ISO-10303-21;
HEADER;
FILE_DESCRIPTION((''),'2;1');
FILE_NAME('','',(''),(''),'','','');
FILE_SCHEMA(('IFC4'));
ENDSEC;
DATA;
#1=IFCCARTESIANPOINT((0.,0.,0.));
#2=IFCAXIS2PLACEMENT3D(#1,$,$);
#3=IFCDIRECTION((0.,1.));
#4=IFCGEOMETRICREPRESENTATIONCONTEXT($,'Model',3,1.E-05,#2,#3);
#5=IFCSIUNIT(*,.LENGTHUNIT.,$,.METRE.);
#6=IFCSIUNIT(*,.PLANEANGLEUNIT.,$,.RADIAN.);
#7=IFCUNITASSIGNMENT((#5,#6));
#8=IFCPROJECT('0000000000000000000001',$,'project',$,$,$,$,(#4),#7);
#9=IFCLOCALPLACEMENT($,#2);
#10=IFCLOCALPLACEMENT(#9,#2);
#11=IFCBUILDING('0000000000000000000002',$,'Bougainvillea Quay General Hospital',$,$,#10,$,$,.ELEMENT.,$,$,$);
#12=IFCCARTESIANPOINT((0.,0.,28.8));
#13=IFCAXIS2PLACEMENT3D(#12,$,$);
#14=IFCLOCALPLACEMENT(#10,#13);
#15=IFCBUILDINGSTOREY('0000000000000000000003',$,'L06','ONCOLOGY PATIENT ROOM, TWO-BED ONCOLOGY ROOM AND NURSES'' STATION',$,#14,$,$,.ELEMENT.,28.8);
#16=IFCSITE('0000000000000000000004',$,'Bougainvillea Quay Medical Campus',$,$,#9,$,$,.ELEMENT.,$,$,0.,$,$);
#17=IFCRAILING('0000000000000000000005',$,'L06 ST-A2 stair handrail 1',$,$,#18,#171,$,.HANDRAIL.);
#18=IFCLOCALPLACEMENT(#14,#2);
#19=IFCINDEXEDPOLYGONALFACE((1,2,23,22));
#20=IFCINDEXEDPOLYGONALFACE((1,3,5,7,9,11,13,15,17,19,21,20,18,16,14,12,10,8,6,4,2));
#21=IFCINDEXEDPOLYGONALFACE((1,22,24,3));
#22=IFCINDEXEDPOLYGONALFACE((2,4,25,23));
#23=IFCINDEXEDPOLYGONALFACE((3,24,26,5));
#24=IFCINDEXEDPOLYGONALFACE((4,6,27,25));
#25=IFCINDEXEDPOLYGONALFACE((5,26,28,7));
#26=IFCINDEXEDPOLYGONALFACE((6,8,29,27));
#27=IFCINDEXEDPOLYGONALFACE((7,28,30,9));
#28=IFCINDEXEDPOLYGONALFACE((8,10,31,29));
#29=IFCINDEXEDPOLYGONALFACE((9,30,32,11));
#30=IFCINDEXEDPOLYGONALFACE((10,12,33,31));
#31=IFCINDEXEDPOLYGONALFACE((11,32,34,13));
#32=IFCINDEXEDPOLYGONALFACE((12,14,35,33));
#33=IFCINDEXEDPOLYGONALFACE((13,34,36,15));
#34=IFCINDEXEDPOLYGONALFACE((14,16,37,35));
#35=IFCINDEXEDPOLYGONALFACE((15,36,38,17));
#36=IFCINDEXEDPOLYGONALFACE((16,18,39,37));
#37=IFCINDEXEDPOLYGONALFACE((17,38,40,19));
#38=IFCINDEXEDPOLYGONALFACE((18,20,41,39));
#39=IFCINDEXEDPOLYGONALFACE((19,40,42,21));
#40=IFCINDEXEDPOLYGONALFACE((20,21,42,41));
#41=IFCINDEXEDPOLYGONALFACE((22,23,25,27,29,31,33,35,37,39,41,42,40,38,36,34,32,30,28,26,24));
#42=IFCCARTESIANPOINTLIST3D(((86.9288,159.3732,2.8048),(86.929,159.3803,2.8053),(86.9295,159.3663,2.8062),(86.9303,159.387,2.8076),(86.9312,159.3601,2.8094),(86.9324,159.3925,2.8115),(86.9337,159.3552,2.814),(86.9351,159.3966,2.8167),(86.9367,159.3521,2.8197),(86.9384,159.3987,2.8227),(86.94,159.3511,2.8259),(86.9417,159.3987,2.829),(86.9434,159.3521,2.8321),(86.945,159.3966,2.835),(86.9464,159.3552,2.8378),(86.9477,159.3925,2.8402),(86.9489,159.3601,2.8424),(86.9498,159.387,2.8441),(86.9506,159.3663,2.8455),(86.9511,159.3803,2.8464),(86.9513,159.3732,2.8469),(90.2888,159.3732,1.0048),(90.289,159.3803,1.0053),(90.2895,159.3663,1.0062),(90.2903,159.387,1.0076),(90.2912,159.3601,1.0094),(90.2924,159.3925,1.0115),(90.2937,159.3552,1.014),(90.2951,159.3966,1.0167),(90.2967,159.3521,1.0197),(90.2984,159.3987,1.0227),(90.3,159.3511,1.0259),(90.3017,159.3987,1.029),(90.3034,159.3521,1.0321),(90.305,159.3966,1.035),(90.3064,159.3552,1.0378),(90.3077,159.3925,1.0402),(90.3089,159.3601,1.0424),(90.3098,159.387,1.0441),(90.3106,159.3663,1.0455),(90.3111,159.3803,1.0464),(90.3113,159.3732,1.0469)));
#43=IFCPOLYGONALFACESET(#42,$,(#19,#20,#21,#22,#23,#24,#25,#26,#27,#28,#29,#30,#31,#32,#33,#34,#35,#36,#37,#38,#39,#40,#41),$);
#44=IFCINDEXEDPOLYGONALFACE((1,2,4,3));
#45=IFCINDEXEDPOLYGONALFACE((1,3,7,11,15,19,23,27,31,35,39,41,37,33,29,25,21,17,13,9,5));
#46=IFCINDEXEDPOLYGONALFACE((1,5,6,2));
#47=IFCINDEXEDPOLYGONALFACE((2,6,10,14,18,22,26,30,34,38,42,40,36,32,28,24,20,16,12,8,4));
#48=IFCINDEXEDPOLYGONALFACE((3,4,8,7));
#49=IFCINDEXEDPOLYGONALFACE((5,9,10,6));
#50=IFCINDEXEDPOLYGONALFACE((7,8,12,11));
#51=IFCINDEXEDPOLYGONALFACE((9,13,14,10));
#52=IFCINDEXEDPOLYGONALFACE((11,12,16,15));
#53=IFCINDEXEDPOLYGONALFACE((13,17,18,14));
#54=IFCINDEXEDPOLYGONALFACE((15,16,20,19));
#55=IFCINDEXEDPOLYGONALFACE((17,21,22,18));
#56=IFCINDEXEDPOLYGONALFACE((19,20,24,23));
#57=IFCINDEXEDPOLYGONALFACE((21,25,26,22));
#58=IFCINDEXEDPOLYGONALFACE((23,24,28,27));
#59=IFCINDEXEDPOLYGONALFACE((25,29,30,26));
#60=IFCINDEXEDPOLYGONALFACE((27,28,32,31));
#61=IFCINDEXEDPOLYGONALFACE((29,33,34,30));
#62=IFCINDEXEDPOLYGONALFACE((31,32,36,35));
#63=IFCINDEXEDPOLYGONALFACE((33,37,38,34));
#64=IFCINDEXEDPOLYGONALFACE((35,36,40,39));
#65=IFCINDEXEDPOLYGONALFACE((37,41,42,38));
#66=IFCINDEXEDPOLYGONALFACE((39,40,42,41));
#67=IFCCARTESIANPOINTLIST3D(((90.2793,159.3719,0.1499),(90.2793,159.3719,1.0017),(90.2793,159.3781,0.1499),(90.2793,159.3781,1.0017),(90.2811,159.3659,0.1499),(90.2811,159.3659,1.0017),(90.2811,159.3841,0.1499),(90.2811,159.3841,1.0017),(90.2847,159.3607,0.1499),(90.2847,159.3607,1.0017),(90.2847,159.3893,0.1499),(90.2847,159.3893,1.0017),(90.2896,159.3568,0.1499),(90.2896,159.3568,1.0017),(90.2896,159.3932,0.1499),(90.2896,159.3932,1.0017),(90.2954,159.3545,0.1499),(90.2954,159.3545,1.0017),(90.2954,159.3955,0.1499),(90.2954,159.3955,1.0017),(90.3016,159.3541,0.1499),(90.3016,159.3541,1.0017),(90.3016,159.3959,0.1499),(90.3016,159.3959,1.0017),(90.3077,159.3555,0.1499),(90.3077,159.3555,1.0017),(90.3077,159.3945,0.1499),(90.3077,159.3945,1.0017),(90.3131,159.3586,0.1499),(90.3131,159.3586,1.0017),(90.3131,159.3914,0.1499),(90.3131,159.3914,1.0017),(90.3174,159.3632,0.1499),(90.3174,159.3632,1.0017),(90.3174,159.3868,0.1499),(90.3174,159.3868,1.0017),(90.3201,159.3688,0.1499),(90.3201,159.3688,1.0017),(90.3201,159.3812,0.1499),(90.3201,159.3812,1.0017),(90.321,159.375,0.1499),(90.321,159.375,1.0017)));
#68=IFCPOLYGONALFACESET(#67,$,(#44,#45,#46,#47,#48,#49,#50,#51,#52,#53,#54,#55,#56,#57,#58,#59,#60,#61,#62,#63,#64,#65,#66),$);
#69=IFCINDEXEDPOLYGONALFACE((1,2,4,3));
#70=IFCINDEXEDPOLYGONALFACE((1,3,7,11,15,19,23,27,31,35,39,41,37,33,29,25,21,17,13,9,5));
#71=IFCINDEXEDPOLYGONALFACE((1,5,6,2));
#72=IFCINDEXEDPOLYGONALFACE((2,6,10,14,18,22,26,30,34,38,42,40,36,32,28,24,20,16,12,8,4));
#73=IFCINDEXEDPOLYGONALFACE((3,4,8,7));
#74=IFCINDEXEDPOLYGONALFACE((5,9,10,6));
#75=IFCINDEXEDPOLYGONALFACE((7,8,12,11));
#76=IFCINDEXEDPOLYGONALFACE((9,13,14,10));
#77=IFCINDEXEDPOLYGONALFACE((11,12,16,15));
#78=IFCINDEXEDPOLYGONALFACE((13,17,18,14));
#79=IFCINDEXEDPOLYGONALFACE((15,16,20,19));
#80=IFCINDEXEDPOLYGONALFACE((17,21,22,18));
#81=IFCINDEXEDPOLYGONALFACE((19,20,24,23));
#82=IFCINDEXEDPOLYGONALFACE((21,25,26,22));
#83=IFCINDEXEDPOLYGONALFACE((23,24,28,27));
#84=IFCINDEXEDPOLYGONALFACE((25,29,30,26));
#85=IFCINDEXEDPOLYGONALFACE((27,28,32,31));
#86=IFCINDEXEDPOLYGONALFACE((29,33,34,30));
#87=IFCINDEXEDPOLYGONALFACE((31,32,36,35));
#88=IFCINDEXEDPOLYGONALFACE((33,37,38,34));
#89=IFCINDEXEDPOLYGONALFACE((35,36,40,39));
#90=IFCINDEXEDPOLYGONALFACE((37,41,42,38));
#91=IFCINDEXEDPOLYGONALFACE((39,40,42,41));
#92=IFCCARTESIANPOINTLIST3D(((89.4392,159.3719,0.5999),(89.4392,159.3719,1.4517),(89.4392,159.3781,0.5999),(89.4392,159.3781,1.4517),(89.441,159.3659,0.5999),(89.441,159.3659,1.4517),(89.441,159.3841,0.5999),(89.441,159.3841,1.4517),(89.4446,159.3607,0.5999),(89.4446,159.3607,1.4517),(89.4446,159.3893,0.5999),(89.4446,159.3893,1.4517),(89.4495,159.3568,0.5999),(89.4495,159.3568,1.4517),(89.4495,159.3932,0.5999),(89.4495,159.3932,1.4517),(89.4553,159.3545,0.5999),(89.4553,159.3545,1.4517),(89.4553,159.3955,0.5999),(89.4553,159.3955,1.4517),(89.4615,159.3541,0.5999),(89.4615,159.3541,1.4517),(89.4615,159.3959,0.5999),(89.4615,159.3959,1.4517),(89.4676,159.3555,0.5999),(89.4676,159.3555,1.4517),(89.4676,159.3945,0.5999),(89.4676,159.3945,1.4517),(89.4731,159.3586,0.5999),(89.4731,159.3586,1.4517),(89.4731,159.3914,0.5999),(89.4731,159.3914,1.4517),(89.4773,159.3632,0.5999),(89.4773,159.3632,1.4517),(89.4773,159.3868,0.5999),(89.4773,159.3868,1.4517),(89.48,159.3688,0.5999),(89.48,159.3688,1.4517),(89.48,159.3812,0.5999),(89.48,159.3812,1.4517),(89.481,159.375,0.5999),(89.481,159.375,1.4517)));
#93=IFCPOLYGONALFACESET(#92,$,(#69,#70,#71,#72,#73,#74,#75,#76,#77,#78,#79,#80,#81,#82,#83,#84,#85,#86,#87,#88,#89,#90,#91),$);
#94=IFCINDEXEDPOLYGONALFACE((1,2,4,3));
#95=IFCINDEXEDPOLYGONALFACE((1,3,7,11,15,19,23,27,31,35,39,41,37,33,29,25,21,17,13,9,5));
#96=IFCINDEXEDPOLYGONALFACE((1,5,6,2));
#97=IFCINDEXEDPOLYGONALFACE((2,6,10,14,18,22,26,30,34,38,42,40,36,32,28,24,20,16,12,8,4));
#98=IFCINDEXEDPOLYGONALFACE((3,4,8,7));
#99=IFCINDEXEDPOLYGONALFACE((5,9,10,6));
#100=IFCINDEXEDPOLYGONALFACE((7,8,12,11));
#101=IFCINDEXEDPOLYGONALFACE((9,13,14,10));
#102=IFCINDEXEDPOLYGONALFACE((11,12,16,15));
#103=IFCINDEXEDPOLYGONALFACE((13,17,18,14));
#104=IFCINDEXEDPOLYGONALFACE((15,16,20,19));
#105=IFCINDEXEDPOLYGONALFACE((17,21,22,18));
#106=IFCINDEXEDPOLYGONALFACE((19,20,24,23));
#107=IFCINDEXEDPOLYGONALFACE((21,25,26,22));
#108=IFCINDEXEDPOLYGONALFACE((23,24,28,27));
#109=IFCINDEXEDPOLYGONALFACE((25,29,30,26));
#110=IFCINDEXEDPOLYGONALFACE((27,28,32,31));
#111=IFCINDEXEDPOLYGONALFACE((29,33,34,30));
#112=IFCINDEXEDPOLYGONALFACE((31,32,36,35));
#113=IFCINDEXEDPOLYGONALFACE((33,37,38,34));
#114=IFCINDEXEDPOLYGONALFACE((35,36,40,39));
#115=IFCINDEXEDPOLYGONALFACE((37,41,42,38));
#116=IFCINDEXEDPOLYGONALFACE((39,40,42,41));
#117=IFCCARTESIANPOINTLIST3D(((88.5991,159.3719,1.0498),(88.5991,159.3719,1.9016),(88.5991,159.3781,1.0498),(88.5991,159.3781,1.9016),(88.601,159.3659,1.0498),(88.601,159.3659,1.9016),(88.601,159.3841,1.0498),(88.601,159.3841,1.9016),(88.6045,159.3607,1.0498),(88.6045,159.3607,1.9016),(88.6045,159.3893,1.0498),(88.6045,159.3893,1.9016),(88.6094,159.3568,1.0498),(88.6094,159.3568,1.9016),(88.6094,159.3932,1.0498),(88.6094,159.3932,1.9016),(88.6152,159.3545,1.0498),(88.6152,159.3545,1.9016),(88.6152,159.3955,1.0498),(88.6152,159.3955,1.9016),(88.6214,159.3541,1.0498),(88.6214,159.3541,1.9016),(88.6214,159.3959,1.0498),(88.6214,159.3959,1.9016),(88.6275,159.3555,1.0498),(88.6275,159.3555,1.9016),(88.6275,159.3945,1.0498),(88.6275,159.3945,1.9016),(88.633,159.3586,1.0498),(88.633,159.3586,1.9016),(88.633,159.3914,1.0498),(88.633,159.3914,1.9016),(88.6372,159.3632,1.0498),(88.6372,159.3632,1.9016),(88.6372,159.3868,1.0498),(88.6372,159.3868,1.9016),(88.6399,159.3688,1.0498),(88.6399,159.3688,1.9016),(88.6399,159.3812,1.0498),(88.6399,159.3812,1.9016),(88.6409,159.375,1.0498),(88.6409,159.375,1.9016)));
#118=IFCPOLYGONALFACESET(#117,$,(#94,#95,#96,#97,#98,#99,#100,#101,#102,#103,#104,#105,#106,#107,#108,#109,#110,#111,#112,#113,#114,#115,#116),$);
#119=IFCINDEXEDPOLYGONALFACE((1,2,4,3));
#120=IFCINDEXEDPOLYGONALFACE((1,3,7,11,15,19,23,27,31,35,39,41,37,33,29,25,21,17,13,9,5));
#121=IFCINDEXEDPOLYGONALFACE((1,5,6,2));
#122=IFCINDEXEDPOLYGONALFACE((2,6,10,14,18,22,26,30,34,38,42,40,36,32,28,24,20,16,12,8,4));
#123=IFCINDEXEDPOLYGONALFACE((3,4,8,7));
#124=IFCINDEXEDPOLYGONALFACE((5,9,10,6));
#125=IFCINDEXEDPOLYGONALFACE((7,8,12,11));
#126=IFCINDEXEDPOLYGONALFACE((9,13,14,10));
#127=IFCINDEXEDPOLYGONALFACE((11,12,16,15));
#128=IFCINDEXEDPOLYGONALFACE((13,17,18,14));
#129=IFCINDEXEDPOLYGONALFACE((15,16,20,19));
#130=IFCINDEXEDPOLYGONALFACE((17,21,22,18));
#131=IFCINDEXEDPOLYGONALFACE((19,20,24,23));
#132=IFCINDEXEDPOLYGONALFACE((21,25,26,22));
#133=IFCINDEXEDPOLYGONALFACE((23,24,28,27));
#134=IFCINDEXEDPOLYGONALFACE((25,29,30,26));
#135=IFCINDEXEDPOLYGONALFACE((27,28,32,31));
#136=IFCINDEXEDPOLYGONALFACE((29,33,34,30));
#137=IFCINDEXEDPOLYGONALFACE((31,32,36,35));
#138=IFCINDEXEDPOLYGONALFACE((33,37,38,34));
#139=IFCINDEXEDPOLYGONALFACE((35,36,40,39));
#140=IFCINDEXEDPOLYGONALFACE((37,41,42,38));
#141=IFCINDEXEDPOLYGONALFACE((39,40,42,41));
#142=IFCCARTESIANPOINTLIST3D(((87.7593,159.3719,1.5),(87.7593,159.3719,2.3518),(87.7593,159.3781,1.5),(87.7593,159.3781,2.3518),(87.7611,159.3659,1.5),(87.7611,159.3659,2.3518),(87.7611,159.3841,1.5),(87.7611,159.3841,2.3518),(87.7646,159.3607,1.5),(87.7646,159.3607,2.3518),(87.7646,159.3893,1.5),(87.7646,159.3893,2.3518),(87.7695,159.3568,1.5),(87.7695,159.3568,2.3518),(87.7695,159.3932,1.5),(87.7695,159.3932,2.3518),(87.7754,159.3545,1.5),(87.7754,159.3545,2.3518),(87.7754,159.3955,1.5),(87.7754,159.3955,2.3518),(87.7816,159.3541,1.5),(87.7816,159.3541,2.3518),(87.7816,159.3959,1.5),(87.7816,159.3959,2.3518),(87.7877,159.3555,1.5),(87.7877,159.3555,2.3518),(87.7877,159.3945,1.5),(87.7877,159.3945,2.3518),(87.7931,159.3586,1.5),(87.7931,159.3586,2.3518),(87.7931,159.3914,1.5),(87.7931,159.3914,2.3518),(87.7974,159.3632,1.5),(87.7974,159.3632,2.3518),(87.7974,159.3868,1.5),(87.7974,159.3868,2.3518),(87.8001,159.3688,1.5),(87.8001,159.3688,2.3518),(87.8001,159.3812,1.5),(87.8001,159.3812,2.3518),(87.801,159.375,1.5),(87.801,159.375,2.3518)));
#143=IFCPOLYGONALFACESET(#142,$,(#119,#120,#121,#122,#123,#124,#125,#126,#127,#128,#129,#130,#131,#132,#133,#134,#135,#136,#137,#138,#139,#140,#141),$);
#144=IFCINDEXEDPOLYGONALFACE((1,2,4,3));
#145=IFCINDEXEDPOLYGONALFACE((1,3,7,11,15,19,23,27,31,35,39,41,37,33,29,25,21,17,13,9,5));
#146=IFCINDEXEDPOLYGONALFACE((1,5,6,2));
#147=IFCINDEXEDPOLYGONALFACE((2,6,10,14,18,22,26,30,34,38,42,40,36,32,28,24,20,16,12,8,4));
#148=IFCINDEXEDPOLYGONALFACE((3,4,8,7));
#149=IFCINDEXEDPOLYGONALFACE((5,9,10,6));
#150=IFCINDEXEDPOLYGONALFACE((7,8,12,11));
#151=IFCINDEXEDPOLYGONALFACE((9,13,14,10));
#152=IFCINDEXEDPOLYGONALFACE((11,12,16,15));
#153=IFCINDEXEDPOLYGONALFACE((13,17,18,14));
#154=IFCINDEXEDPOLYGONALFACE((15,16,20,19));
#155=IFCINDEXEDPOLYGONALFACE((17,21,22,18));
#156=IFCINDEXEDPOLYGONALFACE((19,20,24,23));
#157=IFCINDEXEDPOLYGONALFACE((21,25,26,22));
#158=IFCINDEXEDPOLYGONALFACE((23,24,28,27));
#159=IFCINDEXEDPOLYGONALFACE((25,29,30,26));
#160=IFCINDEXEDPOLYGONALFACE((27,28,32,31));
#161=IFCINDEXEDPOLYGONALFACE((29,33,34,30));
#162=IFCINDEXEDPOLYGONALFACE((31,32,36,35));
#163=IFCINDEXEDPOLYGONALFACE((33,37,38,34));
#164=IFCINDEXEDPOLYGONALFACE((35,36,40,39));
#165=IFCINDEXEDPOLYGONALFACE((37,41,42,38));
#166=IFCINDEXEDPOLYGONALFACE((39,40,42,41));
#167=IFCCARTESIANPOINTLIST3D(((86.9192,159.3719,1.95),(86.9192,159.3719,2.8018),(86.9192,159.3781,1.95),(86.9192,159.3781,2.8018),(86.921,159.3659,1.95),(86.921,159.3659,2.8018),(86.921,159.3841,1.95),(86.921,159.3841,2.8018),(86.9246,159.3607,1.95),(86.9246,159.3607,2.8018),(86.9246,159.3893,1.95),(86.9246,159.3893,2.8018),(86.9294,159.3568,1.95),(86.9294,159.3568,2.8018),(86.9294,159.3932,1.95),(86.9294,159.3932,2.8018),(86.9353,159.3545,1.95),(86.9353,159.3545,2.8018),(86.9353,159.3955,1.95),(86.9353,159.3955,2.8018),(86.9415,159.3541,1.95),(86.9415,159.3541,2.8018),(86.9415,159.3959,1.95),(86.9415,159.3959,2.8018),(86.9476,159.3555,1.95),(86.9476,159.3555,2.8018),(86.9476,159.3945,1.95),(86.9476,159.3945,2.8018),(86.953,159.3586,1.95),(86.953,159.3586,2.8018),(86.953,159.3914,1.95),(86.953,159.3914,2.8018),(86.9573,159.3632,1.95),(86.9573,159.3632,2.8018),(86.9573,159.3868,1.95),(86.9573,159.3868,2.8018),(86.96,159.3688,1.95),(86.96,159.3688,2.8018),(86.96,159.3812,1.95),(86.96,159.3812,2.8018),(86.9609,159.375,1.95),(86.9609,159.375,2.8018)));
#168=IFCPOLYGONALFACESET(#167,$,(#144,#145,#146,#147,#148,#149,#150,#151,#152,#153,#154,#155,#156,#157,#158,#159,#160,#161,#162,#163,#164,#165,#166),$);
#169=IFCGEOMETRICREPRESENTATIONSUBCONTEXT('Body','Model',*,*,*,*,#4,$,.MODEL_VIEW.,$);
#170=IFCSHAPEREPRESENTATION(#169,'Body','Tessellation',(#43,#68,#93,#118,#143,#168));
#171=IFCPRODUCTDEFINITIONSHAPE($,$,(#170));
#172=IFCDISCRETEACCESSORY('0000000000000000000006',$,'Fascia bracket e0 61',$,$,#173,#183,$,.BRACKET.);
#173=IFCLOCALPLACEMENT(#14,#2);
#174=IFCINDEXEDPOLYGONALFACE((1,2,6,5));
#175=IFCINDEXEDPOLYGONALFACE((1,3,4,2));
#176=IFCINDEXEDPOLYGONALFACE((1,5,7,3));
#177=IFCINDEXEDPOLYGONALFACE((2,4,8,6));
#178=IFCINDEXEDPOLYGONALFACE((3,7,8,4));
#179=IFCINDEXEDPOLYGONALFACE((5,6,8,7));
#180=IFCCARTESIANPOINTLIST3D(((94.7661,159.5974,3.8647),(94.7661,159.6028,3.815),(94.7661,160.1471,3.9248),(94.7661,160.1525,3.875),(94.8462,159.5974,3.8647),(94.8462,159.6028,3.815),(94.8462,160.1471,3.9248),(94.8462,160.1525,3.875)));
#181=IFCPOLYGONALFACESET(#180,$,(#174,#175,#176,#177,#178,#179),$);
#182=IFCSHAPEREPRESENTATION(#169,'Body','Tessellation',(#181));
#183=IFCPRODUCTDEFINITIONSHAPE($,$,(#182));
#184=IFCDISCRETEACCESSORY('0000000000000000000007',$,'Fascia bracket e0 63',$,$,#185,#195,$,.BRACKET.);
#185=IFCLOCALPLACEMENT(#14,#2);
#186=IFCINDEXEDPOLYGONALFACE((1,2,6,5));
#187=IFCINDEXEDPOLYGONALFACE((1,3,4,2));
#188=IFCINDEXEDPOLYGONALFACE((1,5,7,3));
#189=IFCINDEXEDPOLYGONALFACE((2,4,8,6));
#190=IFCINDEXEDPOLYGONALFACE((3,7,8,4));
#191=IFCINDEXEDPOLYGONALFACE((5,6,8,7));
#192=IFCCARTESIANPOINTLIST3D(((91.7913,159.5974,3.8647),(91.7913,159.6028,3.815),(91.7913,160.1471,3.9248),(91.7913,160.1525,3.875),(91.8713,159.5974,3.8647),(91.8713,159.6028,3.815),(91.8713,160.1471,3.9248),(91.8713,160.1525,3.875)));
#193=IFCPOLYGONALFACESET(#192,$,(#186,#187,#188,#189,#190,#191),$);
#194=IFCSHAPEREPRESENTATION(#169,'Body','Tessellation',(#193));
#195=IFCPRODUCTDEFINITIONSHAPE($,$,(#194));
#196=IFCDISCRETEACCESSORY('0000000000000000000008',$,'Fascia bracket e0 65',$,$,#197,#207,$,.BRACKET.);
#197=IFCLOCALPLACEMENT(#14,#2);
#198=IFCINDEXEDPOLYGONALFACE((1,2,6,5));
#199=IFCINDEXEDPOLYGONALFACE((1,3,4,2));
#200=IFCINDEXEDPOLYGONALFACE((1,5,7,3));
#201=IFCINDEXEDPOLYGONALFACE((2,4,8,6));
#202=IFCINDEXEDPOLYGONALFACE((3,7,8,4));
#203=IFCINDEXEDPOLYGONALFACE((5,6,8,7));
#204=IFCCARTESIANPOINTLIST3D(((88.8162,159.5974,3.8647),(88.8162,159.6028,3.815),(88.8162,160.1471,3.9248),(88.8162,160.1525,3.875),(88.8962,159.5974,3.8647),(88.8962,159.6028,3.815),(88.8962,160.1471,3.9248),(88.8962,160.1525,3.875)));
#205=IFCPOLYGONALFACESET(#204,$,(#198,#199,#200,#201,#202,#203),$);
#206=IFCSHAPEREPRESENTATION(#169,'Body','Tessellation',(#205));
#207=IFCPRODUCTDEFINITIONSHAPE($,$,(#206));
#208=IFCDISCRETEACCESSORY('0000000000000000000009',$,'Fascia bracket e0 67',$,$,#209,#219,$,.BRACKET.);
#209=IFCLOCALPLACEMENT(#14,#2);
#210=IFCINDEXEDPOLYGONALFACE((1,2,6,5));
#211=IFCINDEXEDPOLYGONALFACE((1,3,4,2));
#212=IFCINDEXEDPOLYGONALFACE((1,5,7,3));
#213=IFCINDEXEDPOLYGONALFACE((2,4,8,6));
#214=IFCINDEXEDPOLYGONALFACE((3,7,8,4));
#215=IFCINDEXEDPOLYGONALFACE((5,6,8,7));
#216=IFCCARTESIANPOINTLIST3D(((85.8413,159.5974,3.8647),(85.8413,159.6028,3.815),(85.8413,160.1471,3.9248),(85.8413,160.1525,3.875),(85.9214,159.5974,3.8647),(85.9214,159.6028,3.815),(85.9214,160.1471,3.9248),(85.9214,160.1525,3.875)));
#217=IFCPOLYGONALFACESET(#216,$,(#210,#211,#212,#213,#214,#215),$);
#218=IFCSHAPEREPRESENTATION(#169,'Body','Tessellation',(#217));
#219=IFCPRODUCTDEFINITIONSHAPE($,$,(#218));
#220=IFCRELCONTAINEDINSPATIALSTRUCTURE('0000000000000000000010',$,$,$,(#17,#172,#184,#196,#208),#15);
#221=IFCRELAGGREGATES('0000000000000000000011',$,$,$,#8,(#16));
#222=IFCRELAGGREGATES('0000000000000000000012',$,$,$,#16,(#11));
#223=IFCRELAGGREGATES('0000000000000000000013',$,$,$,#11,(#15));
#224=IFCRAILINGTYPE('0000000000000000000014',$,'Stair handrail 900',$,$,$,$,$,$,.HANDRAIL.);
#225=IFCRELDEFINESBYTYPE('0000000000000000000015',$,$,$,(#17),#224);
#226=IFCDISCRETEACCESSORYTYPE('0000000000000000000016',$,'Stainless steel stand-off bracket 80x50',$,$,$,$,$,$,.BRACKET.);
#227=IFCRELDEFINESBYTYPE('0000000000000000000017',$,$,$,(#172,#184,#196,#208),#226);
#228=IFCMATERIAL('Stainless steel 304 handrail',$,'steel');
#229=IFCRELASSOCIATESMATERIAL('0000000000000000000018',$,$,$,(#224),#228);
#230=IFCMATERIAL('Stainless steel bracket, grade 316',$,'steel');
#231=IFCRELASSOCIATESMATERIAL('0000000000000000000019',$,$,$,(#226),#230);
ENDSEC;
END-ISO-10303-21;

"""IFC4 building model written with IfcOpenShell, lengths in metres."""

from ifc_helpers import new_model, si_unit, direction, frame, origin, origin_2d, place, context, subcontext, project, spatial, rectangle, circle, extrude, material, material_profile, profile_set, type_object, element, save


model = new_model("IFC4")

# Units and contexts
model_context = context("Model", 3, precision=1e-05, world=origin(), true_north=direction((0.0, 1.0)))
body_context = subcontext(model_context, "Body", "Model", "MODEL_VIEW")
ifc_project = project(units=[si_unit("LENGTHUNIT", "METRE"), si_unit("PLANEANGLEUNIT", "RADIAN")], contexts=[model_context])

# Site, building, storey
site_placement = place(None, origin())
site = spatial("IfcSite", under=ifc_project, at=site_placement, Name="Bougainvillea Quay Medical Campus", CompositionType="ELEMENT", RefElevation=0.0)
building_placement = place(site_placement, origin())
building = spatial("IfcBuilding", under=site, at=building_placement, Name="Bougainvillea Quay General Hospital", CompositionType="ELEMENT")
storey_placement = place(building_placement, frame((0.0, 0.0, 28.8)))
storey = spatial("IfcBuildingStorey", under=building, at=storey_placement, Name="L06", Description="ONCOLOGY PATIENT ROOM, TWO-BED ONCOLOGY ROOM AND NURSES' STATION", CompositionType="ELEMENT", Elevation=28.8)

# Railing
ifc_material_1 = material(Name="Stainless steel 304 handrail", Category="steel")
railing_type_1 = type_object("IfcRailingType", Name="Stair handrail 900", PredefinedType="HANDRAIL", material=ifc_material_1)
railing_1_placement = place(storey_placement, frame((90.3, 159.375, 0.1499)))
element("IfcRailing", 1, at=railing_1_placement, inside=storey, type_object=railing_type_1, Name="L06 ST-A2 stair handrail 1", PredefinedType="HANDRAIL", context=body_context, shape_type="SweptSolid", body=[
    extrude(circle(Radius=0.0239, at=origin_2d()), frame((0.0, 0.0, 0.876), z_axis=(-0.881481, 0.0, 0.47222), x_axis=(0.0, -1.0, 0.0)), (0.0, 0.0, 1.0), 3.8118),
    extrude(circle(Radius=0.021, at=origin_2d()), origin(), (0.0, 0.0, 1.0), 0.8518),
    extrude(circle(Radius=0.021, at=origin_2d()), frame((-0.8401, 0.0, 0.45)), (0.0, 0.0, 1.0), 0.8518),
    extrude(circle(Radius=0.021, at=origin_2d()), frame((-1.6802, 0.0, 0.8999)), (0.0, 0.0, 1.0), 0.8518),
    extrude(circle(Radius=0.021, at=origin_2d()), frame((-2.52, 0.0, 1.3501)), (0.0, 0.0, 1.0), 0.8518),
    extrude(circle(Radius=0.021, at=origin_2d()), frame((-3.3601, 0.0, 1.8)), (0.0, 0.0, 1.0), 0.8518),
])

# Discrete accessories
ifc_material_2 = material(Name="Stainless steel bracket, grade 316", Category="steel")
ifc_material_profile_1 = material_profile(ifc_material_2, rectangle(XDim=0.0801, YDim=0.05, at=origin_2d()))
ifc_profile_set_1 = profile_set([ifc_material_profile_1], Name="Stainless steel bracket, grade 316")
discrete_accessory_type = type_object("IfcDiscreteAccessoryType", Name="Stainless steel stand-off bracket 80x50", PredefinedType="BRACKET", material=ifc_profile_set_1)
for number, where, z_axis, x_axis, name in (
    (2, (94.8062, 159.6001, 3.8398), (0.0, 0.994087, 0.10859), (-1.0, 0.0, 0.0), "Fascia bracket e0 61"),
    (3, (91.8313, 159.6001, 3.8398), (0.0, 0.994087, 0.10859), (-1.0, 0.0, 0.0), "Fascia bracket e0 63"),
    (4, (88.8562, 159.6001, 3.8398), (0.0, 0.994087, 0.10859), (-1.0, 0.0, 0.0), "Fascia bracket e0 65"),
    (5, (85.8813, 159.6001, 3.8398), (0.0, 0.994087, 0.10859), (-1.0, 0.0, 0.0), "Fascia bracket e0 67"),
):
    element("IfcDiscreteAccessory", number, at=place(storey_placement, frame(where, z_axis=z_axis, x_axis=x_axis)), inside=storey, type_object=discrete_accessory_type, Name=name, PredefinedType="BRACKET", context=body_context, shape_type="SweptSolid", body=[
        extrude(rectangle(XDim=0.0801, YDim=0.05, at=origin_2d()), origin(), (0.0, 0.0, 1.0), 0.553),
    ])

save(model, "model.ifc")
